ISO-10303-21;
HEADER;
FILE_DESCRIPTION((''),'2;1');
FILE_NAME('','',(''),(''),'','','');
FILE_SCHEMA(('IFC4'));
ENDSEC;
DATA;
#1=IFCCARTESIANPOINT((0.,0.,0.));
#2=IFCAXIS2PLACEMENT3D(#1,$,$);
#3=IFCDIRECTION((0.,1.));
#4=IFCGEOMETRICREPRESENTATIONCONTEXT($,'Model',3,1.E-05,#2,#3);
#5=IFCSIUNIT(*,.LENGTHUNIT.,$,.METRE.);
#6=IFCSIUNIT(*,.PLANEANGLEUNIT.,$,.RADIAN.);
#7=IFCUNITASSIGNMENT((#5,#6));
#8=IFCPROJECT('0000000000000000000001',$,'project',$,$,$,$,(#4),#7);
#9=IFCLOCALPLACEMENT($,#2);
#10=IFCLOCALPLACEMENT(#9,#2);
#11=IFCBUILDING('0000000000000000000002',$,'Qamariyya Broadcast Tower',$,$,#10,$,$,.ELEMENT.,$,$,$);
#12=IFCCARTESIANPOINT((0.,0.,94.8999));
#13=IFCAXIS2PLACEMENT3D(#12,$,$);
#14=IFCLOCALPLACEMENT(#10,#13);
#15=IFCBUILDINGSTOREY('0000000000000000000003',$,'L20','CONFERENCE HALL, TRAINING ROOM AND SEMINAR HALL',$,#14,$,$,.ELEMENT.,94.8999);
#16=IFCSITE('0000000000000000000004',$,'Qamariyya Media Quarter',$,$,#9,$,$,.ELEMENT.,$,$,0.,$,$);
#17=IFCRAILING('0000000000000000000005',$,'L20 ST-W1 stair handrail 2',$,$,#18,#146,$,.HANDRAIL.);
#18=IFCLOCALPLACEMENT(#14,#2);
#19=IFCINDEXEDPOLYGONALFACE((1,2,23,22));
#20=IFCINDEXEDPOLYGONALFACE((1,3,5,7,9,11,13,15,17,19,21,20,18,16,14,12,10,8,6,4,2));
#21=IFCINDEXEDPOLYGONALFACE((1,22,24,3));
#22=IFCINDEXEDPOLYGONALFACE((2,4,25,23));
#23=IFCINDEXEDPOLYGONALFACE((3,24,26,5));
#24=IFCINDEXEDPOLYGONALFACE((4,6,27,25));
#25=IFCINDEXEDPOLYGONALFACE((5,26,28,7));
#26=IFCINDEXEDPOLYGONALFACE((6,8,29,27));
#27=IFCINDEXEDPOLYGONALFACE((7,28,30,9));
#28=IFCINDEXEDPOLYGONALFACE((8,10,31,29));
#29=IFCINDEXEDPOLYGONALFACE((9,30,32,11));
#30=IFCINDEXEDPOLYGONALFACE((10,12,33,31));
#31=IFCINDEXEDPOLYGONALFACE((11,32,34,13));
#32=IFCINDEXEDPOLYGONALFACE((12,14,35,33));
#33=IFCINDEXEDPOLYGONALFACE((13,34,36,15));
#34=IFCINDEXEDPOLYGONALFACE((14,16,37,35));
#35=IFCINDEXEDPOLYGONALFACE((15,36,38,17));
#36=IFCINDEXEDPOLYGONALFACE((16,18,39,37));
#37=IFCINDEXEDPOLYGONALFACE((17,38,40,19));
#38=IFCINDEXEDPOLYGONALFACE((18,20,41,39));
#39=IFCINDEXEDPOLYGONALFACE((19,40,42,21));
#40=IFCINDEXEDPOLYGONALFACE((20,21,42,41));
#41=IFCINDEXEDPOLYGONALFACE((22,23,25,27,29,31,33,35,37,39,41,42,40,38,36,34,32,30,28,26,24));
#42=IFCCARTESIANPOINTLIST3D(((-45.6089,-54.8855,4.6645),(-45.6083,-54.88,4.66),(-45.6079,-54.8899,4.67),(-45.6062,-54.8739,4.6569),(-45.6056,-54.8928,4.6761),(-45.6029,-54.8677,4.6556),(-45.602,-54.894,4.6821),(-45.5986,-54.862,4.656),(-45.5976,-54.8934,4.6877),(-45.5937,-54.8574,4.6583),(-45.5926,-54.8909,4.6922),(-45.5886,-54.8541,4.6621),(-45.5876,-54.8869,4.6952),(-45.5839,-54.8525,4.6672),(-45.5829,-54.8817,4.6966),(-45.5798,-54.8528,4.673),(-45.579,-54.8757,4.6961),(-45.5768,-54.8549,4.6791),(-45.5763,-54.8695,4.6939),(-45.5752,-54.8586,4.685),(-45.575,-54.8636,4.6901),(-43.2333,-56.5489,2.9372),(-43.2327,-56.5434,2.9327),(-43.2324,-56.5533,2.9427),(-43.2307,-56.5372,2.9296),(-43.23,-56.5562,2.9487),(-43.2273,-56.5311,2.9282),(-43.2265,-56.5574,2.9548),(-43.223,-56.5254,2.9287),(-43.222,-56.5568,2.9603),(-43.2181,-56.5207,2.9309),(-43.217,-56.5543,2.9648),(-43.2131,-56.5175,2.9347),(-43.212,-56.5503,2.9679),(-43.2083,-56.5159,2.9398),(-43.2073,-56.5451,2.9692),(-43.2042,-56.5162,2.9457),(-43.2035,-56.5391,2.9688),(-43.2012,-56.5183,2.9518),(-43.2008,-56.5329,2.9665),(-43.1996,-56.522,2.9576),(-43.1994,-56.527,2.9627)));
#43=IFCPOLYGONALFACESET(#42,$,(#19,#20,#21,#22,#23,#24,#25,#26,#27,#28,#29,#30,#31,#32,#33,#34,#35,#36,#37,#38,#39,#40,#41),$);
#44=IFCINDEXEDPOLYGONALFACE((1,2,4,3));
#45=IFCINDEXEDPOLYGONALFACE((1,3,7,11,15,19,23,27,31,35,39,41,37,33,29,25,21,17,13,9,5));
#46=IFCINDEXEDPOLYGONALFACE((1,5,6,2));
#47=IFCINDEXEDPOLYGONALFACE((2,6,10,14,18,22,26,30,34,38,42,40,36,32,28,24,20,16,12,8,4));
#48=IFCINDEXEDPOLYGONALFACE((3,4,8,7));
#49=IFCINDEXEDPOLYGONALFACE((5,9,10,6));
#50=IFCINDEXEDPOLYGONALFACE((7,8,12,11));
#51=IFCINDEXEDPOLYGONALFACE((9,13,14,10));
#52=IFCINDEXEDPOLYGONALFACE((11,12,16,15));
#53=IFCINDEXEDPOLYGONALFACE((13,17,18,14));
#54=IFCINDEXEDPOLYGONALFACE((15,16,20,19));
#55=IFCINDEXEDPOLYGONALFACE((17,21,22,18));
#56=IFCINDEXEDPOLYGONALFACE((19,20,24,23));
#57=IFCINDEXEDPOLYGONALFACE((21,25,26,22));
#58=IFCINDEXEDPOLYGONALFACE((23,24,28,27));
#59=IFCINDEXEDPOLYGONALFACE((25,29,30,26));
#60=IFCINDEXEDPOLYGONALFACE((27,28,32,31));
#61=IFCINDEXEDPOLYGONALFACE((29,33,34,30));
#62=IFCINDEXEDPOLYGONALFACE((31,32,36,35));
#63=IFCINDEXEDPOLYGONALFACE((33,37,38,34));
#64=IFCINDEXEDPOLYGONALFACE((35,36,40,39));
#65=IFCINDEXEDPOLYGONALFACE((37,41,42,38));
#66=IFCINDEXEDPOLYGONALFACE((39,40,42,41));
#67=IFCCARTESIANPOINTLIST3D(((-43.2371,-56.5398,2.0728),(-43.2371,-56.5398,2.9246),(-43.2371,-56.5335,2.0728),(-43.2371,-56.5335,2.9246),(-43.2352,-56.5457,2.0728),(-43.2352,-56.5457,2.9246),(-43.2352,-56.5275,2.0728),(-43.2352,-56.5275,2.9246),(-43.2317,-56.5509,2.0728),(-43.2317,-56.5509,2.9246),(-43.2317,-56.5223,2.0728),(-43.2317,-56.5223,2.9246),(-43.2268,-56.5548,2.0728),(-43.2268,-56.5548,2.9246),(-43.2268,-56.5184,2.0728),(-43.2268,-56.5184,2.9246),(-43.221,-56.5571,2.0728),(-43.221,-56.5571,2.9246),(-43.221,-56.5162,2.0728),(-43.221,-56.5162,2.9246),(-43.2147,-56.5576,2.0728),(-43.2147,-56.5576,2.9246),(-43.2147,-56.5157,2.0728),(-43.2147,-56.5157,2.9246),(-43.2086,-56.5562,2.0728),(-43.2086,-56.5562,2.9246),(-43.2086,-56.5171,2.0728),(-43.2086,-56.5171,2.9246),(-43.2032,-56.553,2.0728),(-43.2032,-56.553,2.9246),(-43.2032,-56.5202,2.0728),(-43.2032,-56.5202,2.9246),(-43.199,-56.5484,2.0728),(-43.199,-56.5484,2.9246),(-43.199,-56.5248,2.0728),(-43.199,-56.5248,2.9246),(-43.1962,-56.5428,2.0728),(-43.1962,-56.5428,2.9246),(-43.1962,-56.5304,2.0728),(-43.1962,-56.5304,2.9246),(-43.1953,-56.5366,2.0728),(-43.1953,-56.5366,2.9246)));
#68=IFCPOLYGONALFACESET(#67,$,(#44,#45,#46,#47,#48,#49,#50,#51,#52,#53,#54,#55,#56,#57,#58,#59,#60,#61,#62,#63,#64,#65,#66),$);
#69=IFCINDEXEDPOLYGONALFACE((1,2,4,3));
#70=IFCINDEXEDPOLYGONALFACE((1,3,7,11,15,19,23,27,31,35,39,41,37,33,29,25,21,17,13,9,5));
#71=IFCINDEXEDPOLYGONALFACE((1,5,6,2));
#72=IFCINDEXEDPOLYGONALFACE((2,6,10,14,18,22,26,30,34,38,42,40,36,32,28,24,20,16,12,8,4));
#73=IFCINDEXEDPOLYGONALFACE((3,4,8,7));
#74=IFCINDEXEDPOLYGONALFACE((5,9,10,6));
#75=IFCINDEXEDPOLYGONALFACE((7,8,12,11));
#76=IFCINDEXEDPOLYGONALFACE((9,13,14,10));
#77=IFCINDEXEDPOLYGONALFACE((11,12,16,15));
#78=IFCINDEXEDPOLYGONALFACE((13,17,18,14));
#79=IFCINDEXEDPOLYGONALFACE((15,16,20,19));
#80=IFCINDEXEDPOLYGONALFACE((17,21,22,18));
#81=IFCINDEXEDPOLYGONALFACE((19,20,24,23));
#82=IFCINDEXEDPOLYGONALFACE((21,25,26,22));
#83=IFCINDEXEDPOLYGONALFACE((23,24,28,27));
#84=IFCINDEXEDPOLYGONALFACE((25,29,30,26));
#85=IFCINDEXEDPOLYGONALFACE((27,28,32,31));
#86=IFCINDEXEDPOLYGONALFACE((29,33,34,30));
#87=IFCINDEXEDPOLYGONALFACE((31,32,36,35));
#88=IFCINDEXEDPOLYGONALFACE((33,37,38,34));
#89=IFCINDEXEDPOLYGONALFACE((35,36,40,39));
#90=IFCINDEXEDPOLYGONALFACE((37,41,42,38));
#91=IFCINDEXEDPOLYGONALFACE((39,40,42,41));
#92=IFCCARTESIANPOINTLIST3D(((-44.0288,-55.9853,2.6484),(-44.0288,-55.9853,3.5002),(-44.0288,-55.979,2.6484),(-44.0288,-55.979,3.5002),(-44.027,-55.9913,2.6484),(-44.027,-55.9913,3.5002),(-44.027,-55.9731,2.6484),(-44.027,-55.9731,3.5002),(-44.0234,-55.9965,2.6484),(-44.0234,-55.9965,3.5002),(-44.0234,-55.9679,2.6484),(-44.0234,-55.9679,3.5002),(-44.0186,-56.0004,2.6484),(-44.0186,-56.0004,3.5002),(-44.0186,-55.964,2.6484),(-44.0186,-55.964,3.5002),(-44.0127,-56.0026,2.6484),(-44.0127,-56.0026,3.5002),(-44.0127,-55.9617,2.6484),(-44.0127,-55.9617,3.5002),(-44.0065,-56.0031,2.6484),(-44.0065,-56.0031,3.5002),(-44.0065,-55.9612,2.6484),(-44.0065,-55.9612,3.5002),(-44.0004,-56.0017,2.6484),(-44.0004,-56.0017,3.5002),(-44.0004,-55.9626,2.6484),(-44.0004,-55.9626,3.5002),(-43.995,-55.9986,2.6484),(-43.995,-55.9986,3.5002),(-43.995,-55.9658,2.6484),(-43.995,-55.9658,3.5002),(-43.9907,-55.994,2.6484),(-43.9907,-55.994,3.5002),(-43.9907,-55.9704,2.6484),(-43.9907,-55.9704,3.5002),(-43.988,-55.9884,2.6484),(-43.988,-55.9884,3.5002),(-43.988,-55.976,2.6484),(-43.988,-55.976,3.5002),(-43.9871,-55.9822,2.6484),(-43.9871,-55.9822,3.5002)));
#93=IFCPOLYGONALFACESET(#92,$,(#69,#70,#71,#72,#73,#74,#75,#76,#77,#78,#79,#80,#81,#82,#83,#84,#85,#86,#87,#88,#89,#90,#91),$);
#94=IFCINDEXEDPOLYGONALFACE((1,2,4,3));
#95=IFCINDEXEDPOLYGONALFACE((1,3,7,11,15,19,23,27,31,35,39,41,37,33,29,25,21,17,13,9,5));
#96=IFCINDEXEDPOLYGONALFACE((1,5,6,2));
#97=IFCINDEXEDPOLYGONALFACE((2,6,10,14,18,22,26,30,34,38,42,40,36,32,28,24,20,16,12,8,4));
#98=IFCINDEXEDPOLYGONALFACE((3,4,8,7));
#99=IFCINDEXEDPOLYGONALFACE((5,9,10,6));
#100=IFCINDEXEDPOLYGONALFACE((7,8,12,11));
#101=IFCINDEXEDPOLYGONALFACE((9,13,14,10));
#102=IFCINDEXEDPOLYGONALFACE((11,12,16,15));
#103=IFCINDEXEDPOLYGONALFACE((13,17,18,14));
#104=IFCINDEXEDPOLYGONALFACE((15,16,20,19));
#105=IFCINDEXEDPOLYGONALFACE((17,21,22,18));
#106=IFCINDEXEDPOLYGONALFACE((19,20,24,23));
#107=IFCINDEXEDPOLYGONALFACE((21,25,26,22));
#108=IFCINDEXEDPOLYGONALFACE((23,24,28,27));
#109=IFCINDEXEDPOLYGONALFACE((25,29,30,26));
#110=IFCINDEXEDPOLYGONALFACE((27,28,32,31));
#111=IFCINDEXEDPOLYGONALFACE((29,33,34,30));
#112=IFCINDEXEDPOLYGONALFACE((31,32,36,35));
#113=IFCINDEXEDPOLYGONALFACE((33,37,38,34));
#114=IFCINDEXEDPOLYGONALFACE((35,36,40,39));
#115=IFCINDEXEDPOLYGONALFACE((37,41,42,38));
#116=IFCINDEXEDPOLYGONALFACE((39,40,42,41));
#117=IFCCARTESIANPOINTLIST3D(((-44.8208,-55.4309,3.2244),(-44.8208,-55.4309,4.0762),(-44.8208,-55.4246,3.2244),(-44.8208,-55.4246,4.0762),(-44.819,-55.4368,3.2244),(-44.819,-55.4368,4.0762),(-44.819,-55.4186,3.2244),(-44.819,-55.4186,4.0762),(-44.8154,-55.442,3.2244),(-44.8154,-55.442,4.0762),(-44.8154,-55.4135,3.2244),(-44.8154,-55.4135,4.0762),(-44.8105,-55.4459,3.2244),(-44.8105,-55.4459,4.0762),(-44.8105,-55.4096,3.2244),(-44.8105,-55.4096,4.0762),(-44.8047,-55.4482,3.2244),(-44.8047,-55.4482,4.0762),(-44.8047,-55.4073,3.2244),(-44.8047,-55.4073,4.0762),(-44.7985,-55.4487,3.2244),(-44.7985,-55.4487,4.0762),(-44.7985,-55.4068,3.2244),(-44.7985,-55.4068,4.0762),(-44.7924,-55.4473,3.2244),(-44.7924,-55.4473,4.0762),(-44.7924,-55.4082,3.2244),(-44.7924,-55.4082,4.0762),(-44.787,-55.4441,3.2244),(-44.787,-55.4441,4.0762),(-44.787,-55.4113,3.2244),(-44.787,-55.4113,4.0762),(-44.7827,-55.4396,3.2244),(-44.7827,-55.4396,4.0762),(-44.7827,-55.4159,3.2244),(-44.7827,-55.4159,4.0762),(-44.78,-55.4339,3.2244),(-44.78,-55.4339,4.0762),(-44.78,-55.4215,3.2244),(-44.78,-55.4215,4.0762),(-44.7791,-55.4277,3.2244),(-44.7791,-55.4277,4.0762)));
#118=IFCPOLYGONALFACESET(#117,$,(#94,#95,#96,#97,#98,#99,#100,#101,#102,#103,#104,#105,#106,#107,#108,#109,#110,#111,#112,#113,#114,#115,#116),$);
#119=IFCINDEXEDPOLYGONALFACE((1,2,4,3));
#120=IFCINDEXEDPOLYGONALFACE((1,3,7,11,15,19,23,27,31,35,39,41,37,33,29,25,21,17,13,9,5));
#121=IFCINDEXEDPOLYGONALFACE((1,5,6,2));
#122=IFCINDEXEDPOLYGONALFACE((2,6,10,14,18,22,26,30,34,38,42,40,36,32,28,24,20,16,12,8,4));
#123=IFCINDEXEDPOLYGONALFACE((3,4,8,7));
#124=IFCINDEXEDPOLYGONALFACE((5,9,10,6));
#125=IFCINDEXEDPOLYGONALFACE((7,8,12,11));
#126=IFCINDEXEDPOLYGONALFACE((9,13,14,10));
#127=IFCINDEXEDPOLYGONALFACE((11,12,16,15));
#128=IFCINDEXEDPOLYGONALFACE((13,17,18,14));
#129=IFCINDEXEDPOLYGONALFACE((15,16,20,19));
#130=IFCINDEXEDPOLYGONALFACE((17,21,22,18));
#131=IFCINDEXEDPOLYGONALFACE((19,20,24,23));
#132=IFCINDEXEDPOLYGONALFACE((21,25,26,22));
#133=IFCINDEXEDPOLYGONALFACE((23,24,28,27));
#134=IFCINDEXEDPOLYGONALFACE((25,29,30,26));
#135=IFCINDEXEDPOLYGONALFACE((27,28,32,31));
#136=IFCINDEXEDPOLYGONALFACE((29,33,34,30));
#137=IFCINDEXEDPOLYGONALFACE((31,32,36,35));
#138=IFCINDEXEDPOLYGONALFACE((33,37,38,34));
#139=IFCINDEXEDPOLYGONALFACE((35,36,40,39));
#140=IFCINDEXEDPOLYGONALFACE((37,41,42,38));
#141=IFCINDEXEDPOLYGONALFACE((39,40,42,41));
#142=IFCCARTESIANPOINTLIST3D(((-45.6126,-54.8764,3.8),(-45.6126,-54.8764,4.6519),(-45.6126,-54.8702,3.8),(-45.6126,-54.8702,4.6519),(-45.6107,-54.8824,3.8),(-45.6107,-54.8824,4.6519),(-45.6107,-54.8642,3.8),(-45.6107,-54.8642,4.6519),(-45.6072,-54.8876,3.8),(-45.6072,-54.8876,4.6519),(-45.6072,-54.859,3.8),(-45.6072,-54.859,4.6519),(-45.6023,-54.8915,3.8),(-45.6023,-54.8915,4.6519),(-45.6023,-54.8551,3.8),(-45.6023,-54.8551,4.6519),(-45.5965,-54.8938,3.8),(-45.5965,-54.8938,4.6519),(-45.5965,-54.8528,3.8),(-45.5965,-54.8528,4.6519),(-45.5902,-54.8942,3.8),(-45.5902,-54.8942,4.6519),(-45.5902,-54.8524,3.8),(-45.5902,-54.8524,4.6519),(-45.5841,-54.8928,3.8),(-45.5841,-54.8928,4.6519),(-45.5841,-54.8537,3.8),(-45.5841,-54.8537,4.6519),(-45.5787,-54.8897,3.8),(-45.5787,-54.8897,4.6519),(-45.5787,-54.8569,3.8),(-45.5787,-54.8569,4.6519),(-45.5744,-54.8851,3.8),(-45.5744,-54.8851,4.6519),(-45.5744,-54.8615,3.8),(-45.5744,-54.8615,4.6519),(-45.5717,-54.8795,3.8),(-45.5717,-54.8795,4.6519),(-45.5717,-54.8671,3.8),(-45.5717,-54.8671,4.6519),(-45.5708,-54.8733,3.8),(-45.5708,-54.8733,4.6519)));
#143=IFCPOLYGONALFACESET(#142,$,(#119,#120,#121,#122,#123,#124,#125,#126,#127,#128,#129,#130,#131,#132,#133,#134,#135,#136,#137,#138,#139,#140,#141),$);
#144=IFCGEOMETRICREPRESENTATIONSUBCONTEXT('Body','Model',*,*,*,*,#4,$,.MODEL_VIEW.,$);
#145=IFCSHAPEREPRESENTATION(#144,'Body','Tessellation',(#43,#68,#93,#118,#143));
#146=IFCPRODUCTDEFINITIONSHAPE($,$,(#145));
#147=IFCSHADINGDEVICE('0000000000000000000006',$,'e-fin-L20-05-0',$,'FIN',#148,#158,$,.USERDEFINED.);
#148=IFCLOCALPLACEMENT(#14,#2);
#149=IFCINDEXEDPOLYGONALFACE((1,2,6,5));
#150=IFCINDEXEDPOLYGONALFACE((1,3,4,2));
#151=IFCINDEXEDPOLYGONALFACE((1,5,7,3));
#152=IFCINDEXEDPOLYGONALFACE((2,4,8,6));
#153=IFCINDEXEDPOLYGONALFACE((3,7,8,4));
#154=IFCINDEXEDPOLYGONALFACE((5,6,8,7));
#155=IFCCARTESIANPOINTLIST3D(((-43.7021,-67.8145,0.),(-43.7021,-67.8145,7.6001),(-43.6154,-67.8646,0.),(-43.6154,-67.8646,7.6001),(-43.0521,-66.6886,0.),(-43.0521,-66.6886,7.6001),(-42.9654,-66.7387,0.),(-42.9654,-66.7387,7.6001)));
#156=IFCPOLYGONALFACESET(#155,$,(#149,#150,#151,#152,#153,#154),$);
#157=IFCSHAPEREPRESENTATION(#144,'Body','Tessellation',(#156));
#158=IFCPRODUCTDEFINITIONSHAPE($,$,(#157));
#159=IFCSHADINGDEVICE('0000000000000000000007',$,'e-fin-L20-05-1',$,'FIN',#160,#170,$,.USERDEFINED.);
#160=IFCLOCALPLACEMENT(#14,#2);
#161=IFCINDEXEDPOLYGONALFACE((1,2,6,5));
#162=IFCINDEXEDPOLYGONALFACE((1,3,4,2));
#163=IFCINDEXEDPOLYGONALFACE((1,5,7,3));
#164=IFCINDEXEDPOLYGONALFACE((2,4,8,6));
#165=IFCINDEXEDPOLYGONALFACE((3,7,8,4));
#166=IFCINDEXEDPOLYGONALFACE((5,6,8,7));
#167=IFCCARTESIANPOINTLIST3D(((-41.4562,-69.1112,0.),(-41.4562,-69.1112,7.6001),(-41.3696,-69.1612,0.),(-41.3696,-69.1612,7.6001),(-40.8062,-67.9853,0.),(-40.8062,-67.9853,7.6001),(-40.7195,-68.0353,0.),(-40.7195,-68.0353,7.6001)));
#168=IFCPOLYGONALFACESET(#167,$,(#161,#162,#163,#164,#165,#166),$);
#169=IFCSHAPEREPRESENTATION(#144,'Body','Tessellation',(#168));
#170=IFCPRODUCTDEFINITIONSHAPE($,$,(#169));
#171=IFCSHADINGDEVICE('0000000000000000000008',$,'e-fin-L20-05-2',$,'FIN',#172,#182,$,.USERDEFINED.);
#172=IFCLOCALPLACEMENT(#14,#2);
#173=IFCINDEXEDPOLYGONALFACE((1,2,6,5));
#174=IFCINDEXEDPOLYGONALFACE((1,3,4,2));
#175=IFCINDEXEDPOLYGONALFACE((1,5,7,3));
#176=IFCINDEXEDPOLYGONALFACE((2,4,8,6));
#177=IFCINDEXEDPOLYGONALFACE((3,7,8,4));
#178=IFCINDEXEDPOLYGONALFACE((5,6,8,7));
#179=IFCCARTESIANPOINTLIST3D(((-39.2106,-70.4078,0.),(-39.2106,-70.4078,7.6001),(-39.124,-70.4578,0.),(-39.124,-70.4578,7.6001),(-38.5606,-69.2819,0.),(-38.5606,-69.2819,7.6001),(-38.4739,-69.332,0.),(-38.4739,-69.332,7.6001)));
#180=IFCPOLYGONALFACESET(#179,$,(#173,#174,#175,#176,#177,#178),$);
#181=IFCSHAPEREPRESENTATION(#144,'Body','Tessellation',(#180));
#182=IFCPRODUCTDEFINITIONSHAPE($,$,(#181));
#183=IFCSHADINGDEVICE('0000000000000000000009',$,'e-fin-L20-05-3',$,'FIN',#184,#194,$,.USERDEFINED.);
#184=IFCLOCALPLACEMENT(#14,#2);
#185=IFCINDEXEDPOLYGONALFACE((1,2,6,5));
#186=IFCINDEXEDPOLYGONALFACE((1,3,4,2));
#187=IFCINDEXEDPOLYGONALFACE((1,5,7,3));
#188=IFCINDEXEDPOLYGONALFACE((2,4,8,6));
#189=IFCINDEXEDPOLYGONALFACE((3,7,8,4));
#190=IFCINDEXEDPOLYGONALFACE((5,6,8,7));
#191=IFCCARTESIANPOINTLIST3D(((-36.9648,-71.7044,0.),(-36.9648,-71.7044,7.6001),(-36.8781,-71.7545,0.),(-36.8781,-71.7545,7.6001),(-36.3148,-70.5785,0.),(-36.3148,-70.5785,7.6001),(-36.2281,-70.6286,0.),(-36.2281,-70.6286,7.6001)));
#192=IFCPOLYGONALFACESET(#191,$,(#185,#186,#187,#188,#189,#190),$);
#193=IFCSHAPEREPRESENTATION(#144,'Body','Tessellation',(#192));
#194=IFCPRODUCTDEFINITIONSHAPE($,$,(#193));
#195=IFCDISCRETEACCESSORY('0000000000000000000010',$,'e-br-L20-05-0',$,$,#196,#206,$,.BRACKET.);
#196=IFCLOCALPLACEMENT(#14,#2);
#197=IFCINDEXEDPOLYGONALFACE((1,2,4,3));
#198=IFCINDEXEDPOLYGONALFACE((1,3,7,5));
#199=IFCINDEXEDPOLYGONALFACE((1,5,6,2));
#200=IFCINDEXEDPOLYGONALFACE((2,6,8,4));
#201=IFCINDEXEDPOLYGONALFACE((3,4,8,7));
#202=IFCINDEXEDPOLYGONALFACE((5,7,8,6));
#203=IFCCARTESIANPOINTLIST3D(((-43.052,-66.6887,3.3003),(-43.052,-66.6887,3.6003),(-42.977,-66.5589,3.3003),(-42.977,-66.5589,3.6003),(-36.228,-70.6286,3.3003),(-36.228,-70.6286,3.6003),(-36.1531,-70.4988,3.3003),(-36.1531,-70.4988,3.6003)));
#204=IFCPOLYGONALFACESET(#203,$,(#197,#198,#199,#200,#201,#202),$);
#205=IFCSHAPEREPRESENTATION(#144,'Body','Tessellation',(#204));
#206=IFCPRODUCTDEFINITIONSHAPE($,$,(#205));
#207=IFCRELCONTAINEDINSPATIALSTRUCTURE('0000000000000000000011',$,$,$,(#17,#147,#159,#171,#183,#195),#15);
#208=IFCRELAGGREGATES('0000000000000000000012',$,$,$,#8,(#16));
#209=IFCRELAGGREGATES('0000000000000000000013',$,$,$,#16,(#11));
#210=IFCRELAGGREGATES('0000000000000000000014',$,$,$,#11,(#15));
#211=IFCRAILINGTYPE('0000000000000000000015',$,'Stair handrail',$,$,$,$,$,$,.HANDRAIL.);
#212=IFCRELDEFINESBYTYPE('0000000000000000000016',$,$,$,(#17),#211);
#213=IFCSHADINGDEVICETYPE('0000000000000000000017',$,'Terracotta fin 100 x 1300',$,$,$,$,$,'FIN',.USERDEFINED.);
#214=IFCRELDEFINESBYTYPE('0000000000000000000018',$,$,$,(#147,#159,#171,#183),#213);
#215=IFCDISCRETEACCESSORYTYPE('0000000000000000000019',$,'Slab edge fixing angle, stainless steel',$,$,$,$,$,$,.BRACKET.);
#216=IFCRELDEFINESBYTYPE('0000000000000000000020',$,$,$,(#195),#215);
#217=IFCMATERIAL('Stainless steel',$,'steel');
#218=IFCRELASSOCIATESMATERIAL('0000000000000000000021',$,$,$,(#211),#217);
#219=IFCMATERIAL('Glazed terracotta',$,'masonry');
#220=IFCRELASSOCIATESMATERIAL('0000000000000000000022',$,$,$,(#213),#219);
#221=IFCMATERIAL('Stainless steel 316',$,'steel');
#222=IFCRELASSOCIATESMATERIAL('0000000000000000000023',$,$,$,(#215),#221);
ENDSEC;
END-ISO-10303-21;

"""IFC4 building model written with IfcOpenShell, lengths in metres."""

from ifc_helpers import new_model, si_unit, direction, frame, origin, origin_2d, place, context, subcontext, project, spatial, rectangle, circle, extrude, material, material_profile, profile_set, type_object, element, save


model = new_model("IFC4")

# Units and contexts
model_context = context("Model", 3, precision=1e-05, world=origin(), true_north=direction((0.0, 1.0)))
body_context = subcontext(model_context, "Body", "Model", "MODEL_VIEW")
ifc_project = project(units=[si_unit("LENGTHUNIT", "METRE"), si_unit("PLANEANGLEUNIT", "RADIAN")], contexts=[model_context])

# Site, building, storey
site_placement = place(None, origin())
site = spatial("IfcSite", under=ifc_project, at=site_placement, Name="Qamariyya Media Quarter", CompositionType="ELEMENT", RefElevation=0.0)
building_placement = place(site_placement, origin())
building = spatial("IfcBuilding", under=site, at=building_placement, Name="Qamariyya Broadcast Tower", CompositionType="ELEMENT")
storey_placement = place(building_placement, frame((0.0, 0.0, 94.8999)))
storey = spatial("IfcBuildingStorey", under=building, at=storey_placement, Name="L20", Description="CONFERENCE HALL, TRAINING ROOM AND SEMINAR HALL", CompositionType="ELEMENT", Elevation=94.8999)

# Railing
ifc_material_1 = material(Name="Stainless steel", Category="steel")
railing_type = type_object("IfcRailingType", Name="Stair handrail", PredefinedType="HANDRAIL", material=ifc_material_1)
railing_placement = place(storey_placement, frame((-43.2163, -56.5366, 2.0728)))
element("IfcRailing", 1, at=railing_placement, inside=storey, type_object=railing_type, Name="L20 ST-W1 stair handrail 2", PredefinedType="HANDRAIL", context=body_context, shape_type="SweptSolid", body=[
    extrude(circle(Radius=0.0239, at=origin_2d()), frame((0.0, 0.0, 0.876), z_axis=(-0.70377, 0.492784, 0.511734), x_axis=(-0.573575, -0.819153, 0.0)), (0.0, 0.0, 1.0), 3.3755),
    extrude(circle(Radius=0.021, at=origin_2d()), origin(), (0.0, 0.0, 1.0), 0.8518),
    extrude(circle(Radius=0.021, at=origin_2d()), frame((-0.7917, 0.5544, 0.5757)), (0.0, 0.0, 1.0), 0.8518),
    extrude(circle(Radius=0.021, at=origin_2d()), frame((-1.5837, 1.1089, 1.1516)), (0.0, 0.0, 1.0), 0.8518),
    extrude(circle(Radius=0.021, at=origin_2d()), frame((-2.3755, 1.6633, 1.7273)), (0.0, 0.0, 1.0), 0.8518),
])

# Shading devices
ifc_material_2 = material(Name="Glazed terracotta", Category="masonry")
ifc_material_profile_1 = material_profile(ifc_material_2, rectangle(XDim=1.3, YDim=0.1001, at=origin_2d()))
ifc_profile_set_1 = profile_set([ifc_material_profile_1], Name="Glazed terracotta")
shading_device_type_1 = type_object("IfcShadingDeviceType", Name="Terracotta fin 100 x 1300", ElementType="FIN", PredefinedType="USERDEFINED", material=ifc_profile_set_1)
for number, where, z_axis, x_axis, name in (
    (2, (-43.3337, -67.2766, 0.0), (0.0, 0.0, 1.0), (-0.5, -0.866025, 0.0), "e-fin-L20-05-0"),
    (3, (-41.0879, -68.5732, 0.0), (0.0, 0.0, 1.0), (-0.5, -0.866025, 0.0), "e-fin-L20-05-1"),
    (4, (-38.8423, -69.8699, 0.0), (0.0, 0.0, 1.0), (-0.5, -0.866025, 0.0), "e-fin-L20-05-2"),
    (5, (-36.5964, -71.1665, 0.0), (0.0, 0.0, 1.0), (-0.5, -0.866025, 0.0), "e-fin-L20-05-3"),
):
    element("IfcShadingDevice", number, at=place(storey_placement, frame(where, z_axis=z_axis, x_axis=x_axis)), inside=storey, type_object=shading_device_type_1, Name=name, ObjectType="FIN", PredefinedType="USERDEFINED", context=body_context, shape_type="SweptSolid", body=[
        extrude(rectangle(XDim=1.3, YDim=0.1001, at=origin_2d()), origin(), (0.0, 0.0, 1.0), 7.6001),
    ])

# Discrete accessory
ifc_material_3 = material(Name="Stainless steel 316", Category="steel")
discrete_accessory_type = type_object("IfcDiscreteAccessoryType", Name="Slab edge fixing angle, stainless steel", PredefinedType="BRACKET", material=ifc_material_3)
discrete_accessory_placement = place(storey_placement, frame((-39.6025, -68.5938, 3.3003), z_axis=(0.0, 0.0, 1.0), x_axis=(0.866025, -0.5, 0.0)))
element("IfcDiscreteAccessory", 6, at=discrete_accessory_placement, inside=storey, type_object=discrete_accessory_type, Name="e-br-L20-05-0", PredefinedType="BRACKET", context=body_context, shape_type="SweptSolid", body=[
    extrude(rectangle(XDim=7.8796, YDim=0.1499, at=origin_2d()), origin(), (0.0, 0.0, 1.0), 0.3),
])

save(model, "model.ifc")
